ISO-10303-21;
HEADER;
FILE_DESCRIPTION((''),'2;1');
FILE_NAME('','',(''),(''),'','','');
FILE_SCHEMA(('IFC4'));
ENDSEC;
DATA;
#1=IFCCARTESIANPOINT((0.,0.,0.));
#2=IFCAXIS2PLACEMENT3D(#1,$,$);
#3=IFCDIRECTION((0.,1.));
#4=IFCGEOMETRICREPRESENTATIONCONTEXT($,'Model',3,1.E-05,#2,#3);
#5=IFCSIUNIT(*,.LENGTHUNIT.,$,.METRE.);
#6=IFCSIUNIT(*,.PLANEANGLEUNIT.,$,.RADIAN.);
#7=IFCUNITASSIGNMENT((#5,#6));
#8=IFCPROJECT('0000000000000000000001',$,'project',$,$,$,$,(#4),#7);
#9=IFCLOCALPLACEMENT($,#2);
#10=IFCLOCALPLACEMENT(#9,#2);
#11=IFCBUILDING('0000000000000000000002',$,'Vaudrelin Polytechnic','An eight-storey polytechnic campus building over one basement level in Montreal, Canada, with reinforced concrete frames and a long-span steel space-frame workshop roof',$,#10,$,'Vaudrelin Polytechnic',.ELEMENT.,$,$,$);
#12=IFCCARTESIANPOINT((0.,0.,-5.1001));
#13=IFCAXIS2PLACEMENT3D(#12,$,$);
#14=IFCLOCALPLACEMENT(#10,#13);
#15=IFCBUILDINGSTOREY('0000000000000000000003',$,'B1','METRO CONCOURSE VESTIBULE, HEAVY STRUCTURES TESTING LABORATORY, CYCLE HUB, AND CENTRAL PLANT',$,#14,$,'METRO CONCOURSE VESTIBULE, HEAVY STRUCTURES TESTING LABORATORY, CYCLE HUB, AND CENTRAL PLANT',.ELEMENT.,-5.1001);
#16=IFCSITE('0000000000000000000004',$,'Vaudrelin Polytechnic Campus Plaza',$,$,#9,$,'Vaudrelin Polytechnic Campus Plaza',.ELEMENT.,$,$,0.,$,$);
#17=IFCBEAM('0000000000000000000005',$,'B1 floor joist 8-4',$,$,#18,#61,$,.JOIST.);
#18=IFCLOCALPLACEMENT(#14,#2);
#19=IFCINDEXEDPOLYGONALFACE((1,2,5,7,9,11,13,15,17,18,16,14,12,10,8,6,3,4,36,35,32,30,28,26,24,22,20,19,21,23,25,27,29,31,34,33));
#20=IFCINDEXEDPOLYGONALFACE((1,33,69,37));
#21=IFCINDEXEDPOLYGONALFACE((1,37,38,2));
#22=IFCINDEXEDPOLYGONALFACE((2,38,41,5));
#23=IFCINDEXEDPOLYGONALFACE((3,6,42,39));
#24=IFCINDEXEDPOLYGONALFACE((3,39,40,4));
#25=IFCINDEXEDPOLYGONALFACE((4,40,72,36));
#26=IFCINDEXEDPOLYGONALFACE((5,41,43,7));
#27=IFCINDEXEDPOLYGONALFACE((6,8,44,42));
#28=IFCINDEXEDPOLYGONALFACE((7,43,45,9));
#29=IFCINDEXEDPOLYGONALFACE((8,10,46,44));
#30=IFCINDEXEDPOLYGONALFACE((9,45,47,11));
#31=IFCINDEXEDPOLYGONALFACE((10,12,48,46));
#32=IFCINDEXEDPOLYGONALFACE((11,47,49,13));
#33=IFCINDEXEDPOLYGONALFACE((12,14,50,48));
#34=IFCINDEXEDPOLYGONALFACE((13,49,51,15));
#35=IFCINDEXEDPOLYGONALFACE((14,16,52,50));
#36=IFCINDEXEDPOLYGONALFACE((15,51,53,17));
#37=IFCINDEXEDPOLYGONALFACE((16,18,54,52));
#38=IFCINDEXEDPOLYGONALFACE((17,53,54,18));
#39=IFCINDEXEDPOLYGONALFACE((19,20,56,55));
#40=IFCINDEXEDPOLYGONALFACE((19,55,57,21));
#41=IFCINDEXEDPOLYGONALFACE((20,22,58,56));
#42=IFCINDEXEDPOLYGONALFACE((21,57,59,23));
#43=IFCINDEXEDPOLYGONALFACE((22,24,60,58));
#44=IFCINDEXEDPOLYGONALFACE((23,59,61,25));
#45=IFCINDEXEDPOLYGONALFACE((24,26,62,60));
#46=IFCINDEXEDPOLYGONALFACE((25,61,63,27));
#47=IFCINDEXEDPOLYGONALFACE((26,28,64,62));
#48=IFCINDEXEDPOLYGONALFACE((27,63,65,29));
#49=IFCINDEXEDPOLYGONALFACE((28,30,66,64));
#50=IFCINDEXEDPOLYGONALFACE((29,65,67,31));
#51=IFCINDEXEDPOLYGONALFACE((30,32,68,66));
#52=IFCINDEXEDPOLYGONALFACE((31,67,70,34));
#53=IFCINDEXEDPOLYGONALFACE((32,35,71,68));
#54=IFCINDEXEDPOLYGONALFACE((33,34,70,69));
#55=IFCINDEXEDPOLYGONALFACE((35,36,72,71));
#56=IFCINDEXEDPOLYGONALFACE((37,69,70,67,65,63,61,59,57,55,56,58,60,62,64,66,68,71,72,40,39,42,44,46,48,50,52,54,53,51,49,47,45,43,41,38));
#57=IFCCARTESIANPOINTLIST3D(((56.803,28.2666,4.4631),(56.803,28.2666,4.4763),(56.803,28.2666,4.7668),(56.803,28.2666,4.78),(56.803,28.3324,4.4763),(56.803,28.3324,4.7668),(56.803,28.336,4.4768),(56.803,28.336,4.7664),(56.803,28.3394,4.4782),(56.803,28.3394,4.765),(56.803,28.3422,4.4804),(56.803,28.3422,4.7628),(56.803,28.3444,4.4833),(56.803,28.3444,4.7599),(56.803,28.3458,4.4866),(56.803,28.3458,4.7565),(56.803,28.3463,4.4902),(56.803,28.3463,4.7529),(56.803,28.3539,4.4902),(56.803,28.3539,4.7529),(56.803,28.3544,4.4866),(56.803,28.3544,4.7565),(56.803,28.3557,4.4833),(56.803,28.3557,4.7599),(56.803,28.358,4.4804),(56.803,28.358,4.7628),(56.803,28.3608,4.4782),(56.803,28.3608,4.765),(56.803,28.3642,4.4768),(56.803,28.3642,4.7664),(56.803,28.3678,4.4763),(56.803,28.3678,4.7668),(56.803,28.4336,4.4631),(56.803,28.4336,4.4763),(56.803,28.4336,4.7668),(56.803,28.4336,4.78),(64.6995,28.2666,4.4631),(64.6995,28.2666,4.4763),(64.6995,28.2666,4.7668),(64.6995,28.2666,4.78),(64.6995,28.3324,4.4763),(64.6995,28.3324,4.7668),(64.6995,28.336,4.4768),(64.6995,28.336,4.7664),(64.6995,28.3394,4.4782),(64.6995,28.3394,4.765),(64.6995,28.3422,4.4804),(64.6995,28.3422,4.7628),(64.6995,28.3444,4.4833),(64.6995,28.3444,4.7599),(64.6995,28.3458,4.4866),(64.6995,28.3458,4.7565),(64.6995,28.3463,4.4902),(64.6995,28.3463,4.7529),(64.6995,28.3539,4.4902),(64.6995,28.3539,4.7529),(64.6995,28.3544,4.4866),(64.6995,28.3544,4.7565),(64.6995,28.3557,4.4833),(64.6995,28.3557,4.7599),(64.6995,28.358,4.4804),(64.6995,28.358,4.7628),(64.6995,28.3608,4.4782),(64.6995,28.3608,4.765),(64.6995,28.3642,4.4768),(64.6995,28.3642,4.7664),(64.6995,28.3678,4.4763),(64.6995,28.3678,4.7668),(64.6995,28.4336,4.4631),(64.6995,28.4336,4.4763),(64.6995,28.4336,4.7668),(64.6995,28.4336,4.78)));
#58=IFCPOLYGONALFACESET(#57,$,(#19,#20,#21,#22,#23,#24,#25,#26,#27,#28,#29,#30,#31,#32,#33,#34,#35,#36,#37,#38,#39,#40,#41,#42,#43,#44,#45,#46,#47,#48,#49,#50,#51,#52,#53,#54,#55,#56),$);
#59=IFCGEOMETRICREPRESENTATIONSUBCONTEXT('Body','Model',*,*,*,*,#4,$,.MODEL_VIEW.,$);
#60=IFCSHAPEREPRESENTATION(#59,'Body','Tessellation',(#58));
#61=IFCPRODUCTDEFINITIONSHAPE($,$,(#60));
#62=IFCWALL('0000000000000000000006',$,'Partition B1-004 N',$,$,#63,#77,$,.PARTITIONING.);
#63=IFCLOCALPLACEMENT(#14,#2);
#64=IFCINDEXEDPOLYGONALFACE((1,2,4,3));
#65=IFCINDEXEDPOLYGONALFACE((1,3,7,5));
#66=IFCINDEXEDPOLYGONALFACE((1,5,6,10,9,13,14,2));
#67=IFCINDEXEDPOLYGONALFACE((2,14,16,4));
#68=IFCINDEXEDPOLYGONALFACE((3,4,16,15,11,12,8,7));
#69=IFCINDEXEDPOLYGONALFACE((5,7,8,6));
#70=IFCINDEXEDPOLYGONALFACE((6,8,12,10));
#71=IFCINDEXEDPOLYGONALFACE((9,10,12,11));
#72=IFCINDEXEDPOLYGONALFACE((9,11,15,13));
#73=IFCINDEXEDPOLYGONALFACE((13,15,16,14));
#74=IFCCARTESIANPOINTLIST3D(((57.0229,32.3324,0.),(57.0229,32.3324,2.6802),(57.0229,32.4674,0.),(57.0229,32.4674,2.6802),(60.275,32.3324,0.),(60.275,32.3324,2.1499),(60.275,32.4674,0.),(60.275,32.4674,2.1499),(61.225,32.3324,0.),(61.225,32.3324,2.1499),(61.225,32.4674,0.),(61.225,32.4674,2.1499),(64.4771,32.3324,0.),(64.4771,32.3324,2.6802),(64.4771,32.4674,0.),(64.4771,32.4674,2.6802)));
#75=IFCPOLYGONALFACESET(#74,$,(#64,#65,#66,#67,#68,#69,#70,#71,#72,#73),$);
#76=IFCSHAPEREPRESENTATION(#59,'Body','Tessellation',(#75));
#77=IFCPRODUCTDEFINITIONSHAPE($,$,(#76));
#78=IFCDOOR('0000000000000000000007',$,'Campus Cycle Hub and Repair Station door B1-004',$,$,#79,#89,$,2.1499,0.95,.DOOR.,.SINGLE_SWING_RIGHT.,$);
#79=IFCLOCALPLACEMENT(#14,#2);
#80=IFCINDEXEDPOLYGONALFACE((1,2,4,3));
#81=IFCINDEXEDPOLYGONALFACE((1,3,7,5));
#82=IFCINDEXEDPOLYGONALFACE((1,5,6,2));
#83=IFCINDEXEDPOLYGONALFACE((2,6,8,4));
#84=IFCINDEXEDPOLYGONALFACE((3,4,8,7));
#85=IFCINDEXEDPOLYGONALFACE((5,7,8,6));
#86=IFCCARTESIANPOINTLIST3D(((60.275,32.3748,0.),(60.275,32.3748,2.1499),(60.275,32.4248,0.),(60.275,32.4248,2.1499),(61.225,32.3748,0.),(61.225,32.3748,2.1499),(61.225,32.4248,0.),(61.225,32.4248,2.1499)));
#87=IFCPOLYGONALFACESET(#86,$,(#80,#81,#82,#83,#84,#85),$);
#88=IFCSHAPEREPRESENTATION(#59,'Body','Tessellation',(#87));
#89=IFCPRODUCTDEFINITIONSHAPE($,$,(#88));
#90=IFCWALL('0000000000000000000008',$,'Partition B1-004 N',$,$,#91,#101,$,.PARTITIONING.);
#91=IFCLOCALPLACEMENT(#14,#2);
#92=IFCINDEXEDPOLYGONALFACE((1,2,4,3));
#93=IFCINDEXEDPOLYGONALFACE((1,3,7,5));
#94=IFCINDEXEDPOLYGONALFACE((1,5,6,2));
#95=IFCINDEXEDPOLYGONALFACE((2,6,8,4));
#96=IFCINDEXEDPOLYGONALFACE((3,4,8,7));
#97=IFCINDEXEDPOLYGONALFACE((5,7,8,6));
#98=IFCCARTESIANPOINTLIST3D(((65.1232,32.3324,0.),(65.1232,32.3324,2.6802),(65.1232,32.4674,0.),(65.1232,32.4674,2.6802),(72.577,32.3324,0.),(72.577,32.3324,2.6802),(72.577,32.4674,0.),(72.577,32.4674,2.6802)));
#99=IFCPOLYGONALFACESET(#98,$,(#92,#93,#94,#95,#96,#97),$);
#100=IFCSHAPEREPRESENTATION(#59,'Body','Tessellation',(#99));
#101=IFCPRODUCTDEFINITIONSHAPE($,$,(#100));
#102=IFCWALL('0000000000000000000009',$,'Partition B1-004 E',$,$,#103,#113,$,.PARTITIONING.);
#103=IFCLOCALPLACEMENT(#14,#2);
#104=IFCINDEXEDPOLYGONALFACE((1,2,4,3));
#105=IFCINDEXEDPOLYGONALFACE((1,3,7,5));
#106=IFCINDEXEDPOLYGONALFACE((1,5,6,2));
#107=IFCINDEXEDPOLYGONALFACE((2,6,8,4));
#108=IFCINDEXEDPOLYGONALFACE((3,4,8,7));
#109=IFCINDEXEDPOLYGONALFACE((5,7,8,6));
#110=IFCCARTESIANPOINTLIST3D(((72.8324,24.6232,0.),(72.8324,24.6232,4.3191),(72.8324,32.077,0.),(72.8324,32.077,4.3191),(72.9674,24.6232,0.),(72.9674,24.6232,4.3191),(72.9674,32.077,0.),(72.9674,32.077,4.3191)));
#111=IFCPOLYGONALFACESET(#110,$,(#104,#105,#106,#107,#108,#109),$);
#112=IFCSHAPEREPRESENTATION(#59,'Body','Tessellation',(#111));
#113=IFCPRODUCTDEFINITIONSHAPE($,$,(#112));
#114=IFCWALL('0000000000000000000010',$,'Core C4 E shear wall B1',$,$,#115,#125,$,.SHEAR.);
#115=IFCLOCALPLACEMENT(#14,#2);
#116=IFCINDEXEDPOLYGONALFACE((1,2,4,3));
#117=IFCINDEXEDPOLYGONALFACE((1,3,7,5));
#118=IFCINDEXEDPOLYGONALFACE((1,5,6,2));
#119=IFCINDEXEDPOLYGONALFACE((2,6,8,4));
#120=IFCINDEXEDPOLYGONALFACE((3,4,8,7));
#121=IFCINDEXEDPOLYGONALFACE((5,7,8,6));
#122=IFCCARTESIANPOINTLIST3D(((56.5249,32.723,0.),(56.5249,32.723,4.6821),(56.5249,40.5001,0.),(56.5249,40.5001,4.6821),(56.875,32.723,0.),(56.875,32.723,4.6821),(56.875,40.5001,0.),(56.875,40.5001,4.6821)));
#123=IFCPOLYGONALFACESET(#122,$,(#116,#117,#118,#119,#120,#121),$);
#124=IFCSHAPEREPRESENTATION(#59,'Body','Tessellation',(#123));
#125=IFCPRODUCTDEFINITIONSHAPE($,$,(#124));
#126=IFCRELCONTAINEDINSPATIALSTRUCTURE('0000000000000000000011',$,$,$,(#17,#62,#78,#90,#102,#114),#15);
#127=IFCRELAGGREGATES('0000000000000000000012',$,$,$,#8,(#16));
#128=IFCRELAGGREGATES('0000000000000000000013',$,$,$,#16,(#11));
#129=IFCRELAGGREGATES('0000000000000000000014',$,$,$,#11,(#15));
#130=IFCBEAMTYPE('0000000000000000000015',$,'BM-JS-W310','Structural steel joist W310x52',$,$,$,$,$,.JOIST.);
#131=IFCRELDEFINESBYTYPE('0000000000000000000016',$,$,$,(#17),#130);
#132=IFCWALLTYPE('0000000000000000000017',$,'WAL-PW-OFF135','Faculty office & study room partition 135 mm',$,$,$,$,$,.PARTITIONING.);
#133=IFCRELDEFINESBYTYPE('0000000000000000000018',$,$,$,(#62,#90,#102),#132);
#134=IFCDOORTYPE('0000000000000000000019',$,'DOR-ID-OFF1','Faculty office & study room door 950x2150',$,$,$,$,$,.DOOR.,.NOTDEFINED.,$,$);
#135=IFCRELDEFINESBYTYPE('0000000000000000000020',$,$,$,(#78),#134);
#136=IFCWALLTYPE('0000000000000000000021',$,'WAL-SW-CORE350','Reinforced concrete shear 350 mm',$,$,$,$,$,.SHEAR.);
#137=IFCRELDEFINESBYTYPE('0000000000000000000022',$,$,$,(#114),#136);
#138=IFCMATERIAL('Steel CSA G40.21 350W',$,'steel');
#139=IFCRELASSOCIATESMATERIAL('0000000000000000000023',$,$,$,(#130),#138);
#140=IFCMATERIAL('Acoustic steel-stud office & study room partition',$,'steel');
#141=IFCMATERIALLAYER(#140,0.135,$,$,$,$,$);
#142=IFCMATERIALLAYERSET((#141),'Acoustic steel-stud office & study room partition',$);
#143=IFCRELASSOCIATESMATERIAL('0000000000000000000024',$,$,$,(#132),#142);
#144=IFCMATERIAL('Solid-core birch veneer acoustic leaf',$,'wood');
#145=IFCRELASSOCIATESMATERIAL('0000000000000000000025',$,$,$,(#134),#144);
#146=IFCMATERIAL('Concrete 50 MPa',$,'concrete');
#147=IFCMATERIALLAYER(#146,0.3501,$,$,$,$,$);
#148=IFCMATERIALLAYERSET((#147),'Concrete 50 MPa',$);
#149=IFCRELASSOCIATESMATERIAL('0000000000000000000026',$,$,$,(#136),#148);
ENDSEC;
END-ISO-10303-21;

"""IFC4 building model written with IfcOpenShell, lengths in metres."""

from ifc_helpers import new_model, si_unit, direction, frame, frame_2d, origin, origin_2d, place, context, subcontext, project, spatial, rectangle, i_section, extrude, material, layer, layer_set, material_profile, profile_set, type_object, element, fill, save


model = new_model("IFC4")

# Units and contexts
model_context = context("Model", 3, precision=1e-05, world=origin(), true_north=direction((0.0, 1.0)))
body_context = subcontext(model_context, "Body", "Model", "MODEL_VIEW")
ifc_project = project(units=[si_unit("LENGTHUNIT", "METRE"), si_unit("PLANEANGLEUNIT", "RADIAN")], contexts=[model_context])

# Site, building, storey
site_placement = place(None, origin())
site = spatial("IfcSite", under=ifc_project, at=site_placement, Name="Vaudrelin Polytechnic Campus Plaza", LongName="Vaudrelin Polytechnic Campus Plaza", CompositionType="ELEMENT", RefElevation=0.0)
building_placement = place(site_placement, origin())
building = spatial("IfcBuilding", under=site, at=building_placement, Name="Vaudrelin Polytechnic", Description="An eight-storey polytechnic campus building over one basement level in Montreal, Canada, with reinforced concrete frames and a long-span steel space-frame workshop roof", LongName="Vaudrelin Polytechnic", CompositionType="ELEMENT")
storey_placement = place(building_placement, frame((0.0, 0.0, -5.1001)))
storey = spatial("IfcBuildingStorey", under=building, at=storey_placement, Name="B1", Description="METRO CONCOURSE VESTIBULE, HEAVY STRUCTURES TESTING LABORATORY, CYCLE HUB, AND CENTRAL PLANT", LongName="METRO CONCOURSE VESTIBULE, HEAVY STRUCTURES TESTING LABORATORY, CYCLE HUB, AND CENTRAL PLANT", CompositionType="ELEMENT", Elevation=-5.1001)

# Beam
ifc_material_1 = material(Name="Steel CSA G40.21 350W", Category="steel")
ifc_material_profile_1 = material_profile(ifc_material_1, i_section(OverallWidth=0.167, OverallDepth=0.3169, WebThickness=0.0076, FlangeThickness=0.0132, FilletRadius=0.0139, at=origin_2d()), Name="W310x52")
ifc_profile_set_1 = profile_set([ifc_material_profile_1], Name="Steel CSA G40.21 350W")
beam_type_1 = type_object("IfcBeamType", Name="BM-JS-W310", Description="Structural steel joist W310x52", PredefinedType="JOIST", material=ifc_profile_set_1)
beam_1_placement = place(storey_placement, frame((56.803, 28.3501, 4.6216), z_axis=(1.0, 0.0, 0.0), x_axis=(0.0, 1.0, 0.0)))
element("IfcBeam", 1, at=beam_1_placement, inside=storey, type_object=beam_type_1, Name="B1 floor joist 8-4", PredefinedType="JOIST", context=body_context, shape_type="SweptSolid", body=[
    extrude(i_section(OverallWidth=0.167, OverallDepth=0.3169, WebThickness=0.0076, FlangeThickness=0.0132, FilletRadius=0.0139, at=origin_2d()), origin(), (0.0, 0.0, 1.0), 7.8965),
])

# Wall, opening, door
ifc_material_2 = material(Name="Acoustic steel-stud office & study room partition", Category="steel")
ifc_layer_1 = layer(ifc_material_2, 0.135)
ifc_layer_set_1 = layer_set([ifc_layer_1], Name="Acoustic steel-stud office & study room partition")
wall_type_1 = type_object("IfcWallType", Name="WAL-PW-OFF135", Description="Faculty office & study room partition 135 mm", PredefinedType="PARTITIONING", material=ifc_layer_set_1)
wall_1_placement = place(storey_placement, frame((57.0229, 32.3999, 0.0), z_axis=(0.0, 0.0, 1.0), x_axis=(1.0, 0.0, 0.0)))
wall_1 = element("IfcWall", 2, at=wall_1_placement, inside=storey, type_object=wall_type_1, Name="Partition B1-004 N", PredefinedType="PARTITIONING", context=body_context, shape_type="SweptSolid", body=[
    extrude(rectangle(XDim=7.4541, YDim=0.135, at=frame_2d((3.7271, 0.0))), origin(), (0.0, 0.0, 1.0), 2.6802),
])
opening_placement = place(wall_1_placement, frame((3.252, 0.0, 0.0)))
opening = element("IfcOpeningElement", 3, at=opening_placement, cuts=wall_1, PredefinedType="OPENING", context=body_context, shape_type="SweptSolid", body=[
    extrude(rectangle(XDim=0.95, YDim=2.1499, at=frame_2d((0.4751, 1.075))), frame((0.0, 0.0776, 0.0), z_axis=(0.0, -1.0, 0.0), x_axis=(1.0, 0.0, 0.0)), (0.0, 0.0, 1.0), 0.155),
])
ifc_material_3 = material(Name="Solid-core birch veneer acoustic leaf", Category="wood")
door_type = type_object("IfcDoorType", Name="DOR-ID-OFF1", Description="Faculty office & study room door 950x2150", OperationType="NOTDEFINED", PredefinedType="DOOR", material=ifc_material_3)
door_placement = place(opening_placement, origin())
door = element("IfcDoor", 4, at=door_placement, inside=storey, type_object=door_type, Name="Campus Cycle Hub and Repair Station door B1-004", OperationType="SINGLE_SWING_RIGHT", OverallHeight=2.1499, OverallWidth=0.95, PredefinedType="DOOR", context=body_context, shape_type="SweptSolid", body=[
    extrude(rectangle(XDim=0.95, YDim=2.1499, at=frame_2d((0.4751, 1.075))), frame((0.0, 0.0249, 0.0), z_axis=(0.0, -1.0, 0.0), x_axis=(1.0, 0.0, 0.0)), (0.0, 0.0, 1.0), 0.05),
])
fill(opening, door)

# Walls
wall_2_placement = place(storey_placement, frame((65.123, 32.3999, 0.0), z_axis=(0.0, 0.0, 1.0), x_axis=(1.0, 0.0, 0.0)))
element("IfcWall", 5, at=wall_2_placement, inside=storey, type_object=wall_type_1, Name="Partition B1-004 N", PredefinedType="PARTITIONING", context=body_context, shape_type="SweptSolid", body=[
    extrude(rectangle(XDim=7.4539, YDim=0.135, at=frame_2d((3.7271, 0.0))), origin(), (0.0, 0.0, 1.0), 2.6802),
])
wall_3_placement = place(storey_placement, frame((72.8999, 24.623, 0.0), z_axis=(0.0, 0.0, 1.0), x_axis=(0.0, 1.0, 0.0)))
element("IfcWall", 6, at=wall_3_placement, inside=storey, type_object=wall_type_1, Name="Partition B1-004 E", PredefinedType="PARTITIONING", context=body_context, shape_type="SweptSolid", body=[
    extrude(rectangle(XDim=7.4539, YDim=0.135, at=frame_2d((3.7271, 0.0))), origin(), (0.0, 0.0, 1.0), 4.3191),
])
ifc_material_4 = material(Name="Concrete 50 MPa", Category="concrete")
ifc_layer_2 = layer(ifc_material_4, 0.3501)
ifc_layer_set_2 = layer_set([ifc_layer_2], Name="Concrete 50 MPa")
wall_type_2 = type_object("IfcWallType", Name="WAL-SW-CORE350", Description="Reinforced concrete shear 350 mm", PredefinedType="SHEAR", material=ifc_layer_set_2)
wall_4_placement = place(storey_placement, frame((56.7, 32.7229, 0.0), z_axis=(0.0, 0.0, 1.0), x_axis=(0.0, 1.0, 0.0)))
element("IfcWall", 7, at=wall_4_placement, inside=storey, type_object=wall_type_2, Name="Core C4 E shear wall B1", PredefinedType="SHEAR", context=body_context, shape_type="SweptSolid", body=[
    extrude(rectangle(XDim=7.7771, YDim=0.3501, at=frame_2d((3.8887, 0.0))), origin(), (0.0, 0.0, 1.0), 4.6821),
])

save(model, "model.ifc")
